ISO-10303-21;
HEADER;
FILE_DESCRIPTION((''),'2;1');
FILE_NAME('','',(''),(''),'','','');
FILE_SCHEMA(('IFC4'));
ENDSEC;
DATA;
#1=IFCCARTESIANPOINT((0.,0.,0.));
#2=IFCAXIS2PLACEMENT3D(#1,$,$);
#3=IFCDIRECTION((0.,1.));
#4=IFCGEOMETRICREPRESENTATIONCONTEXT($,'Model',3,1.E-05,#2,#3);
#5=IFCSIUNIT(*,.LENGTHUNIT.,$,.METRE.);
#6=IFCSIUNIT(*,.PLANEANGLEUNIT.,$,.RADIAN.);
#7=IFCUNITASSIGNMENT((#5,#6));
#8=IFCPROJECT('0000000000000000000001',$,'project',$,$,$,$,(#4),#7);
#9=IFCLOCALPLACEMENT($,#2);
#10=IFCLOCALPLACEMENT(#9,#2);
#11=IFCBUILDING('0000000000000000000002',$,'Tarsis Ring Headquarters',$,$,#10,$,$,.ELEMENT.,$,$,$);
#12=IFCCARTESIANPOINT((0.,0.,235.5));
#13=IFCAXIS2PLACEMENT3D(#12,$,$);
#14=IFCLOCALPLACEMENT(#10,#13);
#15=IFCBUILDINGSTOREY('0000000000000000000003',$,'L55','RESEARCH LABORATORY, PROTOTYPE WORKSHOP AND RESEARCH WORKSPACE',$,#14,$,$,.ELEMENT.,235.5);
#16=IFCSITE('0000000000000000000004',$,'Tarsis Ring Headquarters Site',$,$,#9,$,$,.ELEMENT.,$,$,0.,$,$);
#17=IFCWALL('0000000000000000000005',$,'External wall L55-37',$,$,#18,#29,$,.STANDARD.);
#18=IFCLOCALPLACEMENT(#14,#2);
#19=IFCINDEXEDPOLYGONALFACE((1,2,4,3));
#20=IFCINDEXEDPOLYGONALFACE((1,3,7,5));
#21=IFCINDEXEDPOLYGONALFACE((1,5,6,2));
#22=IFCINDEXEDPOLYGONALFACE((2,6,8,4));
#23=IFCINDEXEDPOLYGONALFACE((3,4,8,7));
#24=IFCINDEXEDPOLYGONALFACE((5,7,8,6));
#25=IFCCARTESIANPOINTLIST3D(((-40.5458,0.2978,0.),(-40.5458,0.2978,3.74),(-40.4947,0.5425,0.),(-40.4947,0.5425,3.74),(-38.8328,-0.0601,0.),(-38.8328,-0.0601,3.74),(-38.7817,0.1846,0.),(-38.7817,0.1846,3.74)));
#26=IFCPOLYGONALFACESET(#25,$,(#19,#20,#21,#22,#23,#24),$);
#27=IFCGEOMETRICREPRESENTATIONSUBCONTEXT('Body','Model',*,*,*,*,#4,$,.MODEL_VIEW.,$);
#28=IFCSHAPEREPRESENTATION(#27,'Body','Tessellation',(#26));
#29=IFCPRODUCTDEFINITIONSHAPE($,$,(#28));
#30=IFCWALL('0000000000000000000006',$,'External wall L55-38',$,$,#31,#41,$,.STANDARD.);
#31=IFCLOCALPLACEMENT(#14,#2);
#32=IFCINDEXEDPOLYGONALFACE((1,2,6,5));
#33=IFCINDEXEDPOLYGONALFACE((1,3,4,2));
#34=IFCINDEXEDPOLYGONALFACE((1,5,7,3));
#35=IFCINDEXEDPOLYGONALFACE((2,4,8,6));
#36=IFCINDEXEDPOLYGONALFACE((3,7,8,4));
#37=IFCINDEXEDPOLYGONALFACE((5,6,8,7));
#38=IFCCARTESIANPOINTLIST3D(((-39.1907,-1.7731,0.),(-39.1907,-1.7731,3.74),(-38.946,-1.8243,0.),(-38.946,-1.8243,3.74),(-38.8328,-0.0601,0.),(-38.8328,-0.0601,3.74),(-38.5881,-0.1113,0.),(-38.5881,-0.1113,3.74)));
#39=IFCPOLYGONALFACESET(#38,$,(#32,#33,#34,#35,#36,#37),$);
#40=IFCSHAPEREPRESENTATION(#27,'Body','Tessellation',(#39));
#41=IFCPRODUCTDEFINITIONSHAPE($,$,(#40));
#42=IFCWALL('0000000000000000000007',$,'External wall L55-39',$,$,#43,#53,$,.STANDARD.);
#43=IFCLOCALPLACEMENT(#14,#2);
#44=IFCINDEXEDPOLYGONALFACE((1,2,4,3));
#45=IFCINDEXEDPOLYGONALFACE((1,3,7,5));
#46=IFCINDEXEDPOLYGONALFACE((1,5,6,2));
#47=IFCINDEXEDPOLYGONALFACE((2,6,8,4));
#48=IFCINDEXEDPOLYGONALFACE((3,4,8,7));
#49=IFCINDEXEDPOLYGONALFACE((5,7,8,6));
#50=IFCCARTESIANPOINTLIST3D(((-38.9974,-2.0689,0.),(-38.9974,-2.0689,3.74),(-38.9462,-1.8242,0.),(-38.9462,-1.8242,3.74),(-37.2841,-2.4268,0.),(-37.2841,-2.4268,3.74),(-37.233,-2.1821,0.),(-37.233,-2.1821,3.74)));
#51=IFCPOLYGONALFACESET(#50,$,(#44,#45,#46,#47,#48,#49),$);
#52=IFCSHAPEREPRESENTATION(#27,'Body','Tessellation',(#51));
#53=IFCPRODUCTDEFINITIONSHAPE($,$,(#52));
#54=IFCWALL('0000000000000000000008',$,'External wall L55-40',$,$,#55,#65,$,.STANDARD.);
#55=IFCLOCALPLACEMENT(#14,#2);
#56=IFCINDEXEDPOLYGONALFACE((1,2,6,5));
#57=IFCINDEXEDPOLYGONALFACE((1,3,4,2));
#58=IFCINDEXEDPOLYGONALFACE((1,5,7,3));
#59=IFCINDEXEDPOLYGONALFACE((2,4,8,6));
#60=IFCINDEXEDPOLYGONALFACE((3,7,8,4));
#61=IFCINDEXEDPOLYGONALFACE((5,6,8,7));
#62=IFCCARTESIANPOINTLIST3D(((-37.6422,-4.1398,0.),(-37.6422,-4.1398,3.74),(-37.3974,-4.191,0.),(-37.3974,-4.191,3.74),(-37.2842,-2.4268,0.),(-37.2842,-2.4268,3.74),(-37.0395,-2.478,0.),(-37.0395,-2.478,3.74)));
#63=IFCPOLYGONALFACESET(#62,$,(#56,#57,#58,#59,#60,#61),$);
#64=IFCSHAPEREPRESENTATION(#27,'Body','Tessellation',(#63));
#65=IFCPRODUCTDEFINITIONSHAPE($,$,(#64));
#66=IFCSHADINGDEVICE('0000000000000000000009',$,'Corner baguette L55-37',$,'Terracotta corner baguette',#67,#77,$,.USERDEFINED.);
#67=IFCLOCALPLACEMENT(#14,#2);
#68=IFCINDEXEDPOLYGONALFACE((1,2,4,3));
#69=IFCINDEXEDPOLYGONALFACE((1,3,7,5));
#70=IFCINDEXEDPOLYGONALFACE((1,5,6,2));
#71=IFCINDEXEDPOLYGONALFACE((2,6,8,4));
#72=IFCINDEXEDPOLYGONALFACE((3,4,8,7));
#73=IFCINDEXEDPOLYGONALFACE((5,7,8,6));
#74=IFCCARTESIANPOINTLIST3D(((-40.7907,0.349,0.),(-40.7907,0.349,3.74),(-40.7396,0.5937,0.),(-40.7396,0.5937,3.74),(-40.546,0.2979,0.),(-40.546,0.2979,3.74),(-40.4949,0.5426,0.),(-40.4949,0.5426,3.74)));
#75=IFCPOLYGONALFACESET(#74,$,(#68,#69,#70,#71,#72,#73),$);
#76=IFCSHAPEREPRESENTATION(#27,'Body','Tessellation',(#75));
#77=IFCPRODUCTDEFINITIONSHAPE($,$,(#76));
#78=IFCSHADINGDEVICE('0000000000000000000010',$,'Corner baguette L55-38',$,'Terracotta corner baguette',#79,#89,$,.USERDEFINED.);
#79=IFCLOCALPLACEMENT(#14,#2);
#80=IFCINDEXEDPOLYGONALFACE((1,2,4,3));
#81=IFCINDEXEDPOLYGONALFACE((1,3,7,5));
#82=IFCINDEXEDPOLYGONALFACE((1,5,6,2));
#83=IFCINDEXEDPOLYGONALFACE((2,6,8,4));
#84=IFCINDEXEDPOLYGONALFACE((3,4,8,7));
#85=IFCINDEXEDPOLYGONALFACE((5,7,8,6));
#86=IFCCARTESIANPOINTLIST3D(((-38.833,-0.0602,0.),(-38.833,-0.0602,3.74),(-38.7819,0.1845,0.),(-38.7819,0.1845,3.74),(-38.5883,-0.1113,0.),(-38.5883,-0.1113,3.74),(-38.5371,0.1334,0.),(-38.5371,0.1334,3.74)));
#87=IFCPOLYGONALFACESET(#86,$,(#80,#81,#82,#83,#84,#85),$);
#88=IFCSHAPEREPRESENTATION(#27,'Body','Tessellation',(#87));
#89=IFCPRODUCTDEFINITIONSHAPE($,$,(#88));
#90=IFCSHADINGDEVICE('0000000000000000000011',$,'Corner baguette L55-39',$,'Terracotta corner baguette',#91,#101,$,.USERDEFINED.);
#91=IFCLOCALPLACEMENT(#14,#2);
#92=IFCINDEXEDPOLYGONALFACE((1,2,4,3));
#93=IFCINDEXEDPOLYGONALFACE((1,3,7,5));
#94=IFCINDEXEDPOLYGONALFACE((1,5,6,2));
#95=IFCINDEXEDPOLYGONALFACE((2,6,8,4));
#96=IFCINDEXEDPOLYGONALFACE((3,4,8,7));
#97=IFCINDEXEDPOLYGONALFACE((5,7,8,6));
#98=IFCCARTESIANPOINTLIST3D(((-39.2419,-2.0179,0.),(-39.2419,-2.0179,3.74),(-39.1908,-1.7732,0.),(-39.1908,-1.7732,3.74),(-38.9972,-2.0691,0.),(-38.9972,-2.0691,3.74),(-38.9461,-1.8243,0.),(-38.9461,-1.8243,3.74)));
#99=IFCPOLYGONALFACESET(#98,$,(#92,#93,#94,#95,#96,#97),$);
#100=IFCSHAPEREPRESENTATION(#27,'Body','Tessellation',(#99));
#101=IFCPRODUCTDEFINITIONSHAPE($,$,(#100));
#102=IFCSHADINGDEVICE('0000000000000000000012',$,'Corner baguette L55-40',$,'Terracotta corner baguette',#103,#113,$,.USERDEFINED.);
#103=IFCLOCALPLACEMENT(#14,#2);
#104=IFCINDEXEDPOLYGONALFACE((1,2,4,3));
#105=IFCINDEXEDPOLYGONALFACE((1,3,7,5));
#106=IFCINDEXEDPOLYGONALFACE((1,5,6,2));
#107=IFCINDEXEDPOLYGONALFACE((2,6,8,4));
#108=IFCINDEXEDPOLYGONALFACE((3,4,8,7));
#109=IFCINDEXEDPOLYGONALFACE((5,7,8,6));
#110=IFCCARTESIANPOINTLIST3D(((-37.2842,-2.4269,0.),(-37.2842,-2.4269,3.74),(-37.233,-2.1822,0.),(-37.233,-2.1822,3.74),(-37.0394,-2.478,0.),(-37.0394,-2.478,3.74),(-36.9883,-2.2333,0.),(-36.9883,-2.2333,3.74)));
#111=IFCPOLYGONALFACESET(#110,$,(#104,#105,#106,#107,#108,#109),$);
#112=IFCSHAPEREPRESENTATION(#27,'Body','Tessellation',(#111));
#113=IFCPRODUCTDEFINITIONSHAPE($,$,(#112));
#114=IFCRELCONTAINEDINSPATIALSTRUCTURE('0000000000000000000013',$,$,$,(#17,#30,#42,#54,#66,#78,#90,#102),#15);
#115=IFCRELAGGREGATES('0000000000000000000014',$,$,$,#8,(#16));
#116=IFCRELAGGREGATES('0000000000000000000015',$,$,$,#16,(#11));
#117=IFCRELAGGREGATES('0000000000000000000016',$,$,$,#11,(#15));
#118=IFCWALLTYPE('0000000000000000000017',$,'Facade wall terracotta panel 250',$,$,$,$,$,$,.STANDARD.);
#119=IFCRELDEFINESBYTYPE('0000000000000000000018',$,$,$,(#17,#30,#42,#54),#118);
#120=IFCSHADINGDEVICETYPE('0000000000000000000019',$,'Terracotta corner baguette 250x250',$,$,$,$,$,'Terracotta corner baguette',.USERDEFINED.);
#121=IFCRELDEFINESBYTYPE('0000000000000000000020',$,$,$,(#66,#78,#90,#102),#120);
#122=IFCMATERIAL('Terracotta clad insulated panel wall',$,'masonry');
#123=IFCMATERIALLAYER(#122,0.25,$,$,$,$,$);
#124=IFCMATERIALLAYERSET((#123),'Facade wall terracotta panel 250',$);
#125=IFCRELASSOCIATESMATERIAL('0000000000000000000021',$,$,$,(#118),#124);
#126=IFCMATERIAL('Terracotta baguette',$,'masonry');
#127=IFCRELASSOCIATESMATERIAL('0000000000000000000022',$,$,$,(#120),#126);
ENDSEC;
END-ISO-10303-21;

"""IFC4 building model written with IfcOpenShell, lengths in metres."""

from ifc_helpers import new_model, si_unit, direction, frame, frame_2d, origin, origin_2d, place, context, subcontext, project, spatial, rectangle, extrude, material, layer, layer_set, type_object, element, save


model = new_model("IFC4")

# Units and contexts
model_context = context("Model", 3, precision=1e-05, world=origin(), true_north=direction((0.0, 1.0)))
body_context = subcontext(model_context, "Body", "Model", "MODEL_VIEW")
ifc_project = project(units=[si_unit("LENGTHUNIT", "METRE"), si_unit("PLANEANGLEUNIT", "RADIAN")], contexts=[model_context])

# Site, building, storey
site_placement = place(None, origin())
site = spatial("IfcSite", under=ifc_project, at=site_placement, Name="Tarsis Ring Headquarters Site", CompositionType="ELEMENT", RefElevation=0.0)
building_placement = place(site_placement, origin())
building = spatial("IfcBuilding", under=site, at=building_placement, Name="Tarsis Ring Headquarters", CompositionType="ELEMENT")
storey_placement = place(building_placement, frame((0.0, 0.0, 235.5)))
storey = spatial("IfcBuildingStorey", under=building, at=storey_placement, Name="L55", Description="RESEARCH LABORATORY, PROTOTYPE WORKSHOP AND RESEARCH WORKSPACE", CompositionType="ELEMENT", Elevation=235.5)

# Walls
ifc_material_1 = material(Name="Terracotta clad insulated panel wall", Category="masonry")
ifc_layer_1 = layer(ifc_material_1, 0.25)
ifc_layer_set_1 = layer_set([ifc_layer_1], Name="Facade wall terracotta panel 250")
wall_type_1 = type_object("IfcWallType", Name="Facade wall terracotta panel 250", PredefinedType="STANDARD", material=ifc_layer_set_1)
for number, where, z_axis, x_axis, name in (
    (1, (-40.5203, 0.4202, 0.0), (0.0, 0.0, 1.0), (0.97886, -0.204534, 0.0), "External wall L55-37"),
    (2, (-38.7104, -0.0857, 0.0), (0.0, 0.0, 1.0), (-0.204534, -0.97886, 0.0), "External wall L55-38"),
):
    element("IfcWall", number, at=place(storey_placement, frame(where, z_axis=z_axis, x_axis=x_axis)), inside=storey, type_object=wall_type_1, Name=name, PredefinedType="STANDARD", context=body_context, shape_type="SweptSolid", body=[
        extrude(rectangle(XDim=1.75, YDim=0.25, at=frame_2d((0.875, 0.0))), origin(), (0.0, 0.0, 1.0), 3.74),
    ])
wall_1_placement = place(storey_placement, frame((-38.9717, -1.9465, 0.0), z_axis=(0.0, 0.0, 1.0), x_axis=(0.978865, -0.204506, 0.0)))
element("IfcWall", 3, at=wall_1_placement, inside=storey, type_object=wall_type_1, Name="External wall L55-39", PredefinedType="STANDARD", context=body_context, shape_type="SweptSolid", body=[
    extrude(rectangle(XDim=1.7502, YDim=0.25, at=frame_2d((0.875, 0.0))), origin(), (0.0, 0.0, 1.0), 3.74),
])
wall_2_placement = place(storey_placement, frame((-37.1619, -2.4524, 0.0), z_axis=(0.0, 0.0, 1.0), x_axis=(-0.204534, -0.97886, 0.0)))
element("IfcWall", 4, at=wall_2_placement, inside=storey, type_object=wall_type_1, Name="External wall L55-40", PredefinedType="STANDARD", context=body_context, shape_type="SweptSolid", body=[
    extrude(rectangle(XDim=1.75, YDim=0.25, at=frame_2d((0.875, 0.0))), origin(), (0.0, 0.0, 1.0), 3.74),
])

# Shading devices
ifc_material_2 = material(Name="Terracotta baguette", Category="masonry")
shading_device_type_1 = type_object("IfcShadingDeviceType", Name="Terracotta corner baguette 250x250", ElementType="Terracotta corner baguette", PredefinedType="USERDEFINED", material=ifc_material_2)
for number, where, z_axis, x_axis, name in (
    (5, (-40.6428, 0.4458, 0.0), (0.0, 0.0, 1.0), (-0.204496, -0.978867, 0.0), "Corner baguette L55-37"),
    (6, (-38.6851, 0.0366, 0.0), (0.0, 0.0, 1.0), (0.978867, -0.204496, 0.0), "Corner baguette L55-38"),
    (7, (-39.094, -1.9211, 0.0), (0.0, 0.0, 1.0), (-0.204496, -0.978867, 0.0), "Corner baguette L55-39"),
    (8, (-37.1362, -2.3301, 0.0), (0.0, 0.0, 1.0), (0.978867, -0.204496, 0.0), "Corner baguette L55-40"),
):
    element("IfcShadingDevice", number, at=place(storey_placement, frame(where, z_axis=z_axis, x_axis=x_axis)), inside=storey, type_object=shading_device_type_1, Name=name, ObjectType="Terracotta corner baguette", PredefinedType="USERDEFINED", context=body_context, shape_type="SweptSolid", body=[
        extrude(rectangle(XDim=0.25, YDim=0.25, at=origin_2d()), origin(), (0.0, 0.0, 1.0), 3.74),
    ])

save(model, "model.ifc")
